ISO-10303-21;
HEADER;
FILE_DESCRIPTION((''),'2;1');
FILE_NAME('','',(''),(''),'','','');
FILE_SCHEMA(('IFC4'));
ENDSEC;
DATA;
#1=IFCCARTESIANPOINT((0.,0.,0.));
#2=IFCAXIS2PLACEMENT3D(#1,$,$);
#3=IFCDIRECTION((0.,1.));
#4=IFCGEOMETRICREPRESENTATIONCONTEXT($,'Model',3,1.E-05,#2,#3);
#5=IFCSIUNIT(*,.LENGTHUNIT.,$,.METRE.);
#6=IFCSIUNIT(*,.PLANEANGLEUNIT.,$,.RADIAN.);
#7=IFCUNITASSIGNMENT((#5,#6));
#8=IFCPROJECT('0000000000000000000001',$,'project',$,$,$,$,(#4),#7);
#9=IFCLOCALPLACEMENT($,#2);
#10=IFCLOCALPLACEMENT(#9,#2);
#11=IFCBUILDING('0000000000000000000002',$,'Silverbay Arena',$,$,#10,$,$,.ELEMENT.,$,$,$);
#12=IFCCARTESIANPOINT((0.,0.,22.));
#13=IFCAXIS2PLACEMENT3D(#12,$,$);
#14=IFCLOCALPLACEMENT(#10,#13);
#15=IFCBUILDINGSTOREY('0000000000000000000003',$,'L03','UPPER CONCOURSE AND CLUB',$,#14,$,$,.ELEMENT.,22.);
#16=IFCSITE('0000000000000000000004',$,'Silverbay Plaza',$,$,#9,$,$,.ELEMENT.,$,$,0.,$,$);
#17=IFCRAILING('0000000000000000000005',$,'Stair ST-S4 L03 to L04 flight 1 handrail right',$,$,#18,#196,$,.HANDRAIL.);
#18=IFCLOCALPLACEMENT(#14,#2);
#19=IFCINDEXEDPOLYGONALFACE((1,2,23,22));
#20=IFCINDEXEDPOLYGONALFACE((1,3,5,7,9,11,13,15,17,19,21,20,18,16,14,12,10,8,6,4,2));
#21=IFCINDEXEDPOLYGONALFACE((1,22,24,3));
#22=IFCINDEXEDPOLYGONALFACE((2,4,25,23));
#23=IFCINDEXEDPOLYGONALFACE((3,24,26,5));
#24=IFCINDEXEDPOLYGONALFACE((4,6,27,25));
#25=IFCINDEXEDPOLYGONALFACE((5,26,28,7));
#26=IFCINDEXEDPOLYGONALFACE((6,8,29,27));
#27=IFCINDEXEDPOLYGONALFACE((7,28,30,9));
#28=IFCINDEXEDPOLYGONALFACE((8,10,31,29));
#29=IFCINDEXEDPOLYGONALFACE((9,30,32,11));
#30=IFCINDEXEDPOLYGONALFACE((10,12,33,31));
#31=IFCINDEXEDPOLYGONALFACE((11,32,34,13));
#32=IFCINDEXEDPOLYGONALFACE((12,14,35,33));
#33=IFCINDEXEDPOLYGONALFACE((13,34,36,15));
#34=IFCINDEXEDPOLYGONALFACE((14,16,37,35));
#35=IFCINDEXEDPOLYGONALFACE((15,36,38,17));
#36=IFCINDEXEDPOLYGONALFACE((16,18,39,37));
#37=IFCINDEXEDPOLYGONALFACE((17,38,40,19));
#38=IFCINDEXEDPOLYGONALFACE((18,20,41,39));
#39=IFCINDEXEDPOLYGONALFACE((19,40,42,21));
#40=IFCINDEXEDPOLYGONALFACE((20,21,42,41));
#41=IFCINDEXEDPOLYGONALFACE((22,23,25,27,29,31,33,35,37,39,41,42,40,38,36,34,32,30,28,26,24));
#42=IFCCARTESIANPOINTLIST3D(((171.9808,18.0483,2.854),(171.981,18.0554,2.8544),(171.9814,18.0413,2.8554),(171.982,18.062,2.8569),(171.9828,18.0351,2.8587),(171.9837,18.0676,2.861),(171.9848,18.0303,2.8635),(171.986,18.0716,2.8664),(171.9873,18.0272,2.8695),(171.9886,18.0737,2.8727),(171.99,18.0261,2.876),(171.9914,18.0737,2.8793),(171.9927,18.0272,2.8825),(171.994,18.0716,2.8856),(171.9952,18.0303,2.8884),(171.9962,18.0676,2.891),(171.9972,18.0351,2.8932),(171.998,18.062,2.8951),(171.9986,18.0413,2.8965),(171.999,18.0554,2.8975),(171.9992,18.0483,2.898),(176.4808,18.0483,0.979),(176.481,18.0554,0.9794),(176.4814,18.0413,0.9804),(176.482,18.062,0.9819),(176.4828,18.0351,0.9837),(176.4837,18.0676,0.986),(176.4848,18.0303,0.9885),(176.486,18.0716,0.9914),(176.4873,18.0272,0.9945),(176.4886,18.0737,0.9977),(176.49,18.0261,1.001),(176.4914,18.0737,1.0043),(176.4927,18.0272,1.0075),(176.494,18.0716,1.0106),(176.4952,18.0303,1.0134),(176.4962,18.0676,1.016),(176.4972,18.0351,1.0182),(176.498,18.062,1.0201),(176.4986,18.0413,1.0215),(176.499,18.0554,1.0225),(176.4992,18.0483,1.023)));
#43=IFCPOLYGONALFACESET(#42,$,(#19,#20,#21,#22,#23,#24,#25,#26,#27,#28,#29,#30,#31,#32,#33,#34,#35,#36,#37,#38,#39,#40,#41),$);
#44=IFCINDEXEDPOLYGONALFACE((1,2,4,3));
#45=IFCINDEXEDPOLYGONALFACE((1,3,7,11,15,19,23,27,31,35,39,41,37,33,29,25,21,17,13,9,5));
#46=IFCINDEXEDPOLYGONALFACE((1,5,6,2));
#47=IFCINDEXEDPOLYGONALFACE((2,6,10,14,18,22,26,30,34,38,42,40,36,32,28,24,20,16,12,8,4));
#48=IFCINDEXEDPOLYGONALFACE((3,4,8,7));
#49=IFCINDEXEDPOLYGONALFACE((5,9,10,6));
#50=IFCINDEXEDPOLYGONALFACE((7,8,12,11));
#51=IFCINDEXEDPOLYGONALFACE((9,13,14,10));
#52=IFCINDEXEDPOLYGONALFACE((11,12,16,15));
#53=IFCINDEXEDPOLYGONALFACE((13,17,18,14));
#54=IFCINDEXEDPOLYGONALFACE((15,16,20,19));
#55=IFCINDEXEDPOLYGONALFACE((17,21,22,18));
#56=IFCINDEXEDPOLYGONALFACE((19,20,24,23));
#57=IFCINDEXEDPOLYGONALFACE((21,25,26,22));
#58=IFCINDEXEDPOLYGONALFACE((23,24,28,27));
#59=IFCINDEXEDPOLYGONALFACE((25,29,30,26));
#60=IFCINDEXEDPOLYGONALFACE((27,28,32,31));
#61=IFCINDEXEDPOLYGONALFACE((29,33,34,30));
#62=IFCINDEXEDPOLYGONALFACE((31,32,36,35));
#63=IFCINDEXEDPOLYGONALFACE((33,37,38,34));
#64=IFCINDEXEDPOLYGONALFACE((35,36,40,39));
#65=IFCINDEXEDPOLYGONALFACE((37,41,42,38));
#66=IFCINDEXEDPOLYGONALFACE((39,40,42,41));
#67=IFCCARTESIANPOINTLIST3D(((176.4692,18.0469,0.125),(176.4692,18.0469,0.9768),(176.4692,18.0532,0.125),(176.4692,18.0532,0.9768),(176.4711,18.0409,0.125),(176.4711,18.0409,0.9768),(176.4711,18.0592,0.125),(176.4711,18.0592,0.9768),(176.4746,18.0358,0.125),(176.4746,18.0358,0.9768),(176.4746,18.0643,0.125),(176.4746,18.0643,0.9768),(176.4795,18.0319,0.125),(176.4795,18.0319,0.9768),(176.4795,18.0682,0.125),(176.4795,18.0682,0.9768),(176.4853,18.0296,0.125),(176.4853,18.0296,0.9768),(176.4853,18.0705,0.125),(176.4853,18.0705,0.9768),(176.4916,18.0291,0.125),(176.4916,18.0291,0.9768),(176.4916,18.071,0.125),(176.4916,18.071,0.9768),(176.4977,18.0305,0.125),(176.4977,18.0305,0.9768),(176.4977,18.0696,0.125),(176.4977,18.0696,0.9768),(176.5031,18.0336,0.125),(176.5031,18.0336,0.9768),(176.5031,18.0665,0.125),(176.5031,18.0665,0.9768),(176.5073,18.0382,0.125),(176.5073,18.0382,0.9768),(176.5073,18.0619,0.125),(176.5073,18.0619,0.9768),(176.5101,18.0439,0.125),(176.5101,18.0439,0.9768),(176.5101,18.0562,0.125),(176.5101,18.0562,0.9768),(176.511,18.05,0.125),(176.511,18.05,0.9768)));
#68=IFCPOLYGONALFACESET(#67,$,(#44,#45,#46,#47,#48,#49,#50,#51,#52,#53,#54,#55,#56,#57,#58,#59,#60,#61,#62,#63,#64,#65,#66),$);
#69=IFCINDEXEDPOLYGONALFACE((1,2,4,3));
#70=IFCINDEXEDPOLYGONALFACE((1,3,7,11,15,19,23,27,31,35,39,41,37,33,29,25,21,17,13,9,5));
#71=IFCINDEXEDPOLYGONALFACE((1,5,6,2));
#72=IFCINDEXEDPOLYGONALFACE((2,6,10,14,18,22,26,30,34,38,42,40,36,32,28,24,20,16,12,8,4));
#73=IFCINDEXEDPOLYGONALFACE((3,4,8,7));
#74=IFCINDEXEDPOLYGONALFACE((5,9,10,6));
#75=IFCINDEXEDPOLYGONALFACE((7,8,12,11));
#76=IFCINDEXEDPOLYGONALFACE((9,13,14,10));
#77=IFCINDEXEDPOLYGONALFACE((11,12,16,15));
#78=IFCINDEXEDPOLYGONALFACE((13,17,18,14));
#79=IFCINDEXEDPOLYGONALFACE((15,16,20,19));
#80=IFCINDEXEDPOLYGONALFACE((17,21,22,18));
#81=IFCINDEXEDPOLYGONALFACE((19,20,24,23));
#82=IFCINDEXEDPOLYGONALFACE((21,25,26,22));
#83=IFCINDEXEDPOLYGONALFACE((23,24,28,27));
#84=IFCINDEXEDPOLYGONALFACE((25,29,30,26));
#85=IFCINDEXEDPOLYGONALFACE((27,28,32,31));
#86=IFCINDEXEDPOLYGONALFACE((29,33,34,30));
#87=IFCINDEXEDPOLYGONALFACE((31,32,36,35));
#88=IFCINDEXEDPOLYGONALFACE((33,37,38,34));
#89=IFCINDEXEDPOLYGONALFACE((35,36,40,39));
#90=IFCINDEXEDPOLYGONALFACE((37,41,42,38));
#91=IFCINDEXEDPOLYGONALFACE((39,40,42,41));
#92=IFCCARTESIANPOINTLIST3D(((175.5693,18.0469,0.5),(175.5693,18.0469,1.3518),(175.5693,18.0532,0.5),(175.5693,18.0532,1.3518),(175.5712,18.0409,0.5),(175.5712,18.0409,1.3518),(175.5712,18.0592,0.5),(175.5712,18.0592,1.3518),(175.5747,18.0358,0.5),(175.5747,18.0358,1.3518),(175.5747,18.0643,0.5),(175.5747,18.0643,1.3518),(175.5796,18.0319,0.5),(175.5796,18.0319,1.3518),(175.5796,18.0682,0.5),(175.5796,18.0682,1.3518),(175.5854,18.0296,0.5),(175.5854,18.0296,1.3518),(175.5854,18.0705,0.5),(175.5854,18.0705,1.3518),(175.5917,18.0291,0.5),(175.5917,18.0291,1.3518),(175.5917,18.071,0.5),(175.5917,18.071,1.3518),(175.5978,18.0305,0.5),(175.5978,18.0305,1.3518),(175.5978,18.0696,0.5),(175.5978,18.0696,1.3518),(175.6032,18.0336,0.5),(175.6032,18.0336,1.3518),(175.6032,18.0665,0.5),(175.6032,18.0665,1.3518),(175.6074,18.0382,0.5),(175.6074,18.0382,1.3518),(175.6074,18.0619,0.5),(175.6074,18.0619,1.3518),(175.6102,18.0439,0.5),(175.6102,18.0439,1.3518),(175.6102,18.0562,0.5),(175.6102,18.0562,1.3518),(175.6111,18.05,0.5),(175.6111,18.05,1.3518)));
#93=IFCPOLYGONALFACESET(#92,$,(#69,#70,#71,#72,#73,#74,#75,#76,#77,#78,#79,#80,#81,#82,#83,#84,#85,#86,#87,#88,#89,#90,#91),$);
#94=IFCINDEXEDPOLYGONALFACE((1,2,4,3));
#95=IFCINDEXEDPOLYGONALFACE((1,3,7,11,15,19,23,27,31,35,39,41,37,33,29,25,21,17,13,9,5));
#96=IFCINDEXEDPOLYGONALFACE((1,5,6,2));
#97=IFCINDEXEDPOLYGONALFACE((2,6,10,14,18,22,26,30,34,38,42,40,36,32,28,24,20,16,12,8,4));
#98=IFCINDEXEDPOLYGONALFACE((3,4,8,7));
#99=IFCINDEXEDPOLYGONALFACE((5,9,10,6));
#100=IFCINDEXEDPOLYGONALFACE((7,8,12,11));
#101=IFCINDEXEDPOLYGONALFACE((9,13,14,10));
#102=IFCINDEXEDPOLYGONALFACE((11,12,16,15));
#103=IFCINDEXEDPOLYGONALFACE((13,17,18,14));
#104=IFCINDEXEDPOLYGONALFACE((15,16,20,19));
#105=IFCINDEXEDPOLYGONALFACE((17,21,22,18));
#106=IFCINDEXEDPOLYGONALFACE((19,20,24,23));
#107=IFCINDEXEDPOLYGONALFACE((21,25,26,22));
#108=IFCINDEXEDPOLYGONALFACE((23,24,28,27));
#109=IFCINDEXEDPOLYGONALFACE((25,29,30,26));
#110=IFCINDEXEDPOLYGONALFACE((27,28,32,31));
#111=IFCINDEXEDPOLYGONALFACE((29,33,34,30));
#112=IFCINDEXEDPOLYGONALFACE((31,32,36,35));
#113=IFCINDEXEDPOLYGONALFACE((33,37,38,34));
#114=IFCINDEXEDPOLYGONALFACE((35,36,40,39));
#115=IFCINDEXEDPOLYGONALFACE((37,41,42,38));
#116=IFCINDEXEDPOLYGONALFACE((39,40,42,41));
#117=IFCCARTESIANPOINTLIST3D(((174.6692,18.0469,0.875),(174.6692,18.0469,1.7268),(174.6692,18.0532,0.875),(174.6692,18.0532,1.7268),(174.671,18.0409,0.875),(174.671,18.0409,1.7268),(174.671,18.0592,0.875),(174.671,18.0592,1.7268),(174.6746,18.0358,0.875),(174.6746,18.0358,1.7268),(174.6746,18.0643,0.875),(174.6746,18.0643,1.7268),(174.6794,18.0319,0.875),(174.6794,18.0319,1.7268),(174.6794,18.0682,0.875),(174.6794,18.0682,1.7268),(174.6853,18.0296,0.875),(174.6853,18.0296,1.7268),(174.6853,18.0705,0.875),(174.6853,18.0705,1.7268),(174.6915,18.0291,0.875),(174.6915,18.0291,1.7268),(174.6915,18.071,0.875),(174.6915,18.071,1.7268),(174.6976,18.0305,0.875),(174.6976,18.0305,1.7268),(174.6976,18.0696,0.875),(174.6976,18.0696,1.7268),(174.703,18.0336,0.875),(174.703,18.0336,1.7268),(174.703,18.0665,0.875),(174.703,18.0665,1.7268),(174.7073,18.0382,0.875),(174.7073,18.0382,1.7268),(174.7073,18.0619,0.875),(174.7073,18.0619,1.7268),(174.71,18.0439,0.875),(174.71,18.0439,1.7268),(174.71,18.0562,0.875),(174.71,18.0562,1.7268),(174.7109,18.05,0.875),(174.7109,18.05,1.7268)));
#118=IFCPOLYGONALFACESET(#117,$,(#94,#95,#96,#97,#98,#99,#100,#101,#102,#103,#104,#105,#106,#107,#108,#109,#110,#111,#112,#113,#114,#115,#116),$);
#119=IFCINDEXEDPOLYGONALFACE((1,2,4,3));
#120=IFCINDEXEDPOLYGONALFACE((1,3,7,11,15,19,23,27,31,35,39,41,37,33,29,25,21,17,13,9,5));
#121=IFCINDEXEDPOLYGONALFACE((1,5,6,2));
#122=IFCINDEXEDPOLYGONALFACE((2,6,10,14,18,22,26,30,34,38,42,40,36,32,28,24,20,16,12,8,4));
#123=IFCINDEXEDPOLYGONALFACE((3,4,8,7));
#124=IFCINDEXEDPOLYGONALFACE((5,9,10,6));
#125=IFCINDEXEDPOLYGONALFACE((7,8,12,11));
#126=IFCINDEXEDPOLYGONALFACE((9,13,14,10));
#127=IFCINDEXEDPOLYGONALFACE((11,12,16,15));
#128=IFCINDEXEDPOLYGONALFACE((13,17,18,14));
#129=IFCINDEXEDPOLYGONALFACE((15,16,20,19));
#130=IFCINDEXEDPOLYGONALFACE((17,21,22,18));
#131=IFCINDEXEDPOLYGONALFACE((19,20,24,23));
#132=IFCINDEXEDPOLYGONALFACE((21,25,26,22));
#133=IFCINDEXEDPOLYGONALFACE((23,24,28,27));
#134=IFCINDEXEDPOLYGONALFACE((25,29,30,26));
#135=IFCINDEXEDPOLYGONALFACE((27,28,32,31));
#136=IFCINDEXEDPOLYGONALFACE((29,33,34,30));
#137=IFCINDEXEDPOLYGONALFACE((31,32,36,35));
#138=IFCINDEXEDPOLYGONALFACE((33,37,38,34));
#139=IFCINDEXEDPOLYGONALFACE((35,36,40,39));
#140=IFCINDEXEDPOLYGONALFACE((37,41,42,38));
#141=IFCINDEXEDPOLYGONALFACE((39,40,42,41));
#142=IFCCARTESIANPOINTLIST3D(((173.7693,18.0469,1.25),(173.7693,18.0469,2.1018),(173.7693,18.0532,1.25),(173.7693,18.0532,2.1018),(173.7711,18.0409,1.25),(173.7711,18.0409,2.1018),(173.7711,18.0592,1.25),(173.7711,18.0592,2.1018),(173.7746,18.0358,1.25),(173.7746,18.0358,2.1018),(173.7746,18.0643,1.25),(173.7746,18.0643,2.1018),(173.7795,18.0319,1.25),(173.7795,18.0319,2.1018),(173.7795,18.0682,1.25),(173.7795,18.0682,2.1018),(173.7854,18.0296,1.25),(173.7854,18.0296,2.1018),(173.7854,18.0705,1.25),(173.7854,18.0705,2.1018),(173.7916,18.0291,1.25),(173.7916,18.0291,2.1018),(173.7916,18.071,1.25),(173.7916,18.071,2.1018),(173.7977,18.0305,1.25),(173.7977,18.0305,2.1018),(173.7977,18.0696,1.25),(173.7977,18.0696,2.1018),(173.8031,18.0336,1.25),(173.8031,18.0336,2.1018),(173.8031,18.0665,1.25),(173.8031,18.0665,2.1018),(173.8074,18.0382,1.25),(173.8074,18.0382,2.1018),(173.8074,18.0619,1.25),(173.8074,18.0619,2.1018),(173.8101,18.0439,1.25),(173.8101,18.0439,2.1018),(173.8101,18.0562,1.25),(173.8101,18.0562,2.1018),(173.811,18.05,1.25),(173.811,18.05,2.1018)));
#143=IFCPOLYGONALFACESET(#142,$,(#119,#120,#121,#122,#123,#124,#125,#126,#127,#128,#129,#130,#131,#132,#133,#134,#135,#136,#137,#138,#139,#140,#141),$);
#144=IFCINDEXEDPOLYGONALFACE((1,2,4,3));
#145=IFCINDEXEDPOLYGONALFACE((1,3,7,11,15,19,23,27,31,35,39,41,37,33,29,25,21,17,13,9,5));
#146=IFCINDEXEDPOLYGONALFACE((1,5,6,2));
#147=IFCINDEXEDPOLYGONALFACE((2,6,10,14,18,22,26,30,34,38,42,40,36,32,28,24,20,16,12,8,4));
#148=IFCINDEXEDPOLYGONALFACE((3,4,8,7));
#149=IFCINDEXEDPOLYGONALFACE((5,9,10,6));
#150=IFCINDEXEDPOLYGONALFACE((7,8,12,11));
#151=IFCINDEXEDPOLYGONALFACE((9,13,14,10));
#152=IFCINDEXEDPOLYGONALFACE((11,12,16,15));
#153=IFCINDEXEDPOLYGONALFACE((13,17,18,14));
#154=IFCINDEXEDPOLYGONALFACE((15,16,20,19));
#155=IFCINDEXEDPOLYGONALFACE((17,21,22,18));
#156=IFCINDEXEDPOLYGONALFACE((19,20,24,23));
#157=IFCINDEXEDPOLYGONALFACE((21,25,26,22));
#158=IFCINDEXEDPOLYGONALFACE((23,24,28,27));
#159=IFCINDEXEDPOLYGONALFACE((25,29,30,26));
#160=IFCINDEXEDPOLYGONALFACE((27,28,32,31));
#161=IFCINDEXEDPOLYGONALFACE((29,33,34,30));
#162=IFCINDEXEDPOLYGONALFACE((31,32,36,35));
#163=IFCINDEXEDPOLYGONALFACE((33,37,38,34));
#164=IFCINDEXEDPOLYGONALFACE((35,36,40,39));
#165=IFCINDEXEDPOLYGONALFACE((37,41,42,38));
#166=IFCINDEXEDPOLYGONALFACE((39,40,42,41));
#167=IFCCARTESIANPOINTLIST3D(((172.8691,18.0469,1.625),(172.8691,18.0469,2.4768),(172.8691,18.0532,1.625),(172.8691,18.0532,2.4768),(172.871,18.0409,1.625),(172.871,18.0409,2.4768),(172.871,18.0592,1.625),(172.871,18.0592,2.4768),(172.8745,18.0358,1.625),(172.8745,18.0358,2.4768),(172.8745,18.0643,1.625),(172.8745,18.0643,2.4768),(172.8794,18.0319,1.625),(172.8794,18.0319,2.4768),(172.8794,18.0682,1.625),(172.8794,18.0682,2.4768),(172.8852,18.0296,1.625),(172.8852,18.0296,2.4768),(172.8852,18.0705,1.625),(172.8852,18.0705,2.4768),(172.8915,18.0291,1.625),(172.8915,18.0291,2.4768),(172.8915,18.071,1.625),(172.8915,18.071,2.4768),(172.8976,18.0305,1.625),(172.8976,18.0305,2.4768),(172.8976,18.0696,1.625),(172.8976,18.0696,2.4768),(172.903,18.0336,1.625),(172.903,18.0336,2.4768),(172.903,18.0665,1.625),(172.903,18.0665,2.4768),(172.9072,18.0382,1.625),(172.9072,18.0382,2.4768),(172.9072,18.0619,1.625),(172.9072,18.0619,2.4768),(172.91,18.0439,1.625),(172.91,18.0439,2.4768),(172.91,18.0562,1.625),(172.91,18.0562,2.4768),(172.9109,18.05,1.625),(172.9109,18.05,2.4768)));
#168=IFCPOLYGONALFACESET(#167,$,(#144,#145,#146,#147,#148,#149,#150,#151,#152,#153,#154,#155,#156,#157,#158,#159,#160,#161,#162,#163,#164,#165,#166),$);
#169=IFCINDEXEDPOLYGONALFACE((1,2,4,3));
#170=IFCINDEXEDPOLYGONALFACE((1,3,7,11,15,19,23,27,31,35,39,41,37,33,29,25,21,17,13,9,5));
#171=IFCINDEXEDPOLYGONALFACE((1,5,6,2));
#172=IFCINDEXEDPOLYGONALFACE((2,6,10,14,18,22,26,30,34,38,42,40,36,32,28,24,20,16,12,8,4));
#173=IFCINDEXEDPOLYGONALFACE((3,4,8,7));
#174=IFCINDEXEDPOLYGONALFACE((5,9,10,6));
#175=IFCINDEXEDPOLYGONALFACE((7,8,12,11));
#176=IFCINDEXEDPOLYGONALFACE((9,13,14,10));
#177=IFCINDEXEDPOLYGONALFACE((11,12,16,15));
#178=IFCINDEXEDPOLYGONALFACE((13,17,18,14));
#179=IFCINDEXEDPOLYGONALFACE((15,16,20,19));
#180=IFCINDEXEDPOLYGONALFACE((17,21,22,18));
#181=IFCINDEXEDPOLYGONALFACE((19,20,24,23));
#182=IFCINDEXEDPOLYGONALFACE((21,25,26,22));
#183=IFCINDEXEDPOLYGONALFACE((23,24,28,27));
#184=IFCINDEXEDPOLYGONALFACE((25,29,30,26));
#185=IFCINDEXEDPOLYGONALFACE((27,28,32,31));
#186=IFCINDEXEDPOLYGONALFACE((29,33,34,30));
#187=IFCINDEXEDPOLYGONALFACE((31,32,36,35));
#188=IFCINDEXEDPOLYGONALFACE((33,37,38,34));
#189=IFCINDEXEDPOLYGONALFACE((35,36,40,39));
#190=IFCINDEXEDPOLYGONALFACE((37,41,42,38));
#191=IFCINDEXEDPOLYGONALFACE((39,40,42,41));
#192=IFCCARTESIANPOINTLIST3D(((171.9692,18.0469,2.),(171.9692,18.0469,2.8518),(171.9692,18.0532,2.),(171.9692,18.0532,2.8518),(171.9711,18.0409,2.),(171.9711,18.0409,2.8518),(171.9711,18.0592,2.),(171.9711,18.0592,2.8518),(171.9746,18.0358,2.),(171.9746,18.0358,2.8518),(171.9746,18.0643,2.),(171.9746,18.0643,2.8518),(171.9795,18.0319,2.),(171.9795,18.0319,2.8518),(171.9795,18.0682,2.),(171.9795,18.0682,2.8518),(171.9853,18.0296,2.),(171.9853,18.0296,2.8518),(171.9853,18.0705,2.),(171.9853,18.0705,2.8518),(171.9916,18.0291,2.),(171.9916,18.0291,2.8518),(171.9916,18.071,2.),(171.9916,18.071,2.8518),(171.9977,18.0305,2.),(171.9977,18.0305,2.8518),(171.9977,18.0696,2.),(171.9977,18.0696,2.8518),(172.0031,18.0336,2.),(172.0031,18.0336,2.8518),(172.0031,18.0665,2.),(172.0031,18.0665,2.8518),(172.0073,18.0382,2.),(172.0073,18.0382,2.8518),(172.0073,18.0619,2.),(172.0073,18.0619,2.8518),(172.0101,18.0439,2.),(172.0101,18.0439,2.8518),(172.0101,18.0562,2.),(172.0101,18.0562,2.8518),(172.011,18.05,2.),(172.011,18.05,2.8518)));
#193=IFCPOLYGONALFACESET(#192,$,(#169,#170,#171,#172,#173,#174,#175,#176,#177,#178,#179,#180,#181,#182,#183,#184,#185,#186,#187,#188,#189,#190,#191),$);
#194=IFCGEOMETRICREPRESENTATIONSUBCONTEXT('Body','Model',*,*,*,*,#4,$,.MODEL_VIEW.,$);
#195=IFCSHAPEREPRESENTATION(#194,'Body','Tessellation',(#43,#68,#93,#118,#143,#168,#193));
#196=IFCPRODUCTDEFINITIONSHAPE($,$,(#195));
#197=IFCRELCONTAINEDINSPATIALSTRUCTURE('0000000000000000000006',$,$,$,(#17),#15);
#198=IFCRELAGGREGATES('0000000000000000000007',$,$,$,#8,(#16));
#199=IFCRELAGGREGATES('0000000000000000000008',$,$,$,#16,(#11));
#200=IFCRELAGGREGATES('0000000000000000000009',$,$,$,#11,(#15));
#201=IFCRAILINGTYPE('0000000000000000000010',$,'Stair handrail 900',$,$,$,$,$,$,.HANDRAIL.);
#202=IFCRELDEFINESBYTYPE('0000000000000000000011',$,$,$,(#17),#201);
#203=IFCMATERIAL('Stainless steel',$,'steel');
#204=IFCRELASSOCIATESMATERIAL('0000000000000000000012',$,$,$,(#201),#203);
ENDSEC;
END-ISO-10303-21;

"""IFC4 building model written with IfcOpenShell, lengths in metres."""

from ifc_helpers import new_model, si_unit, direction, frame, origin, origin_2d, place, context, subcontext, project, spatial, circle, extrude, material, type_object, element, save


model = new_model("IFC4")

# Units and contexts
model_context = context("Model", 3, precision=1e-05, world=origin(), true_north=direction((0.0, 1.0)))
body_context = subcontext(model_context, "Body", "Model", "MODEL_VIEW")
ifc_project = project(units=[si_unit("LENGTHUNIT", "METRE"), si_unit("PLANEANGLEUNIT", "RADIAN")], contexts=[model_context])

# Site, building, storey
site_placement = place(None, origin())
site = spatial("IfcSite", under=ifc_project, at=site_placement, Name="Silverbay Plaza", CompositionType="ELEMENT", RefElevation=0.0)
building_placement = place(site_placement, origin())
building = spatial("IfcBuilding", under=site, at=building_placement, Name="Silverbay Arena", CompositionType="ELEMENT")
storey_placement = place(building_placement, frame((0.0, 0.0, 22.0)))
storey = spatial("IfcBuildingStorey", under=building, at=storey_placement, Name="L03", Description="UPPER CONCOURSE AND CLUB", CompositionType="ELEMENT", Elevation=22.0)

# Railing
ifc_material_1 = material(Name="Stainless steel", Category="steel")
railing_type_1 = type_object("IfcRailingType", Name="Stair handrail 900", PredefinedType="HANDRAIL", material=ifc_material_1)
for number, where, name in (
    (1, (176.49, 18.05, 0.125), "Stair ST-S4 L03 to L04 flight 1 handrail right"),
):
    element("IfcRailing", number, at=place(storey_placement, frame(where)), inside=storey, type_object=railing_type_1, Name=name, PredefinedType="HANDRAIL", context=body_context, shape_type="SweptSolid", body=[
        extrude(circle(Radius=0.0239, at=origin_2d()), frame((0.0, 0.0, 0.876), z_axis=(-0.923077, 0.0, 0.384615), x_axis=(0.0, -1.0, 0.0)), (0.0, 0.0, 1.0), 4.875),
        extrude(circle(Radius=0.021, at=origin_2d()), origin(), (0.0, 0.0, 1.0), 0.8518),
        extrude(circle(Radius=0.021, at=origin_2d()), frame((-0.8999, 0.0, 0.375)), (0.0, 0.0, 1.0), 0.8518),
        extrude(circle(Radius=0.021, at=origin_2d()), frame((-1.8, 0.0, 0.75)), (0.0, 0.0, 1.0), 0.8518),
        extrude(circle(Radius=0.021, at=origin_2d()), frame((-2.7, 0.0, 1.125)), (0.0, 0.0, 1.0), 0.8518),
        extrude(circle(Radius=0.021, at=origin_2d()), frame((-3.6001, 0.0, 1.5)), (0.0, 0.0, 1.0), 0.8518),
        extrude(circle(Radius=0.021, at=origin_2d()), frame((-4.5, 0.0, 1.875)), (0.0, 0.0, 1.0), 0.8518),
    ])

save(model, "model.ifc")
